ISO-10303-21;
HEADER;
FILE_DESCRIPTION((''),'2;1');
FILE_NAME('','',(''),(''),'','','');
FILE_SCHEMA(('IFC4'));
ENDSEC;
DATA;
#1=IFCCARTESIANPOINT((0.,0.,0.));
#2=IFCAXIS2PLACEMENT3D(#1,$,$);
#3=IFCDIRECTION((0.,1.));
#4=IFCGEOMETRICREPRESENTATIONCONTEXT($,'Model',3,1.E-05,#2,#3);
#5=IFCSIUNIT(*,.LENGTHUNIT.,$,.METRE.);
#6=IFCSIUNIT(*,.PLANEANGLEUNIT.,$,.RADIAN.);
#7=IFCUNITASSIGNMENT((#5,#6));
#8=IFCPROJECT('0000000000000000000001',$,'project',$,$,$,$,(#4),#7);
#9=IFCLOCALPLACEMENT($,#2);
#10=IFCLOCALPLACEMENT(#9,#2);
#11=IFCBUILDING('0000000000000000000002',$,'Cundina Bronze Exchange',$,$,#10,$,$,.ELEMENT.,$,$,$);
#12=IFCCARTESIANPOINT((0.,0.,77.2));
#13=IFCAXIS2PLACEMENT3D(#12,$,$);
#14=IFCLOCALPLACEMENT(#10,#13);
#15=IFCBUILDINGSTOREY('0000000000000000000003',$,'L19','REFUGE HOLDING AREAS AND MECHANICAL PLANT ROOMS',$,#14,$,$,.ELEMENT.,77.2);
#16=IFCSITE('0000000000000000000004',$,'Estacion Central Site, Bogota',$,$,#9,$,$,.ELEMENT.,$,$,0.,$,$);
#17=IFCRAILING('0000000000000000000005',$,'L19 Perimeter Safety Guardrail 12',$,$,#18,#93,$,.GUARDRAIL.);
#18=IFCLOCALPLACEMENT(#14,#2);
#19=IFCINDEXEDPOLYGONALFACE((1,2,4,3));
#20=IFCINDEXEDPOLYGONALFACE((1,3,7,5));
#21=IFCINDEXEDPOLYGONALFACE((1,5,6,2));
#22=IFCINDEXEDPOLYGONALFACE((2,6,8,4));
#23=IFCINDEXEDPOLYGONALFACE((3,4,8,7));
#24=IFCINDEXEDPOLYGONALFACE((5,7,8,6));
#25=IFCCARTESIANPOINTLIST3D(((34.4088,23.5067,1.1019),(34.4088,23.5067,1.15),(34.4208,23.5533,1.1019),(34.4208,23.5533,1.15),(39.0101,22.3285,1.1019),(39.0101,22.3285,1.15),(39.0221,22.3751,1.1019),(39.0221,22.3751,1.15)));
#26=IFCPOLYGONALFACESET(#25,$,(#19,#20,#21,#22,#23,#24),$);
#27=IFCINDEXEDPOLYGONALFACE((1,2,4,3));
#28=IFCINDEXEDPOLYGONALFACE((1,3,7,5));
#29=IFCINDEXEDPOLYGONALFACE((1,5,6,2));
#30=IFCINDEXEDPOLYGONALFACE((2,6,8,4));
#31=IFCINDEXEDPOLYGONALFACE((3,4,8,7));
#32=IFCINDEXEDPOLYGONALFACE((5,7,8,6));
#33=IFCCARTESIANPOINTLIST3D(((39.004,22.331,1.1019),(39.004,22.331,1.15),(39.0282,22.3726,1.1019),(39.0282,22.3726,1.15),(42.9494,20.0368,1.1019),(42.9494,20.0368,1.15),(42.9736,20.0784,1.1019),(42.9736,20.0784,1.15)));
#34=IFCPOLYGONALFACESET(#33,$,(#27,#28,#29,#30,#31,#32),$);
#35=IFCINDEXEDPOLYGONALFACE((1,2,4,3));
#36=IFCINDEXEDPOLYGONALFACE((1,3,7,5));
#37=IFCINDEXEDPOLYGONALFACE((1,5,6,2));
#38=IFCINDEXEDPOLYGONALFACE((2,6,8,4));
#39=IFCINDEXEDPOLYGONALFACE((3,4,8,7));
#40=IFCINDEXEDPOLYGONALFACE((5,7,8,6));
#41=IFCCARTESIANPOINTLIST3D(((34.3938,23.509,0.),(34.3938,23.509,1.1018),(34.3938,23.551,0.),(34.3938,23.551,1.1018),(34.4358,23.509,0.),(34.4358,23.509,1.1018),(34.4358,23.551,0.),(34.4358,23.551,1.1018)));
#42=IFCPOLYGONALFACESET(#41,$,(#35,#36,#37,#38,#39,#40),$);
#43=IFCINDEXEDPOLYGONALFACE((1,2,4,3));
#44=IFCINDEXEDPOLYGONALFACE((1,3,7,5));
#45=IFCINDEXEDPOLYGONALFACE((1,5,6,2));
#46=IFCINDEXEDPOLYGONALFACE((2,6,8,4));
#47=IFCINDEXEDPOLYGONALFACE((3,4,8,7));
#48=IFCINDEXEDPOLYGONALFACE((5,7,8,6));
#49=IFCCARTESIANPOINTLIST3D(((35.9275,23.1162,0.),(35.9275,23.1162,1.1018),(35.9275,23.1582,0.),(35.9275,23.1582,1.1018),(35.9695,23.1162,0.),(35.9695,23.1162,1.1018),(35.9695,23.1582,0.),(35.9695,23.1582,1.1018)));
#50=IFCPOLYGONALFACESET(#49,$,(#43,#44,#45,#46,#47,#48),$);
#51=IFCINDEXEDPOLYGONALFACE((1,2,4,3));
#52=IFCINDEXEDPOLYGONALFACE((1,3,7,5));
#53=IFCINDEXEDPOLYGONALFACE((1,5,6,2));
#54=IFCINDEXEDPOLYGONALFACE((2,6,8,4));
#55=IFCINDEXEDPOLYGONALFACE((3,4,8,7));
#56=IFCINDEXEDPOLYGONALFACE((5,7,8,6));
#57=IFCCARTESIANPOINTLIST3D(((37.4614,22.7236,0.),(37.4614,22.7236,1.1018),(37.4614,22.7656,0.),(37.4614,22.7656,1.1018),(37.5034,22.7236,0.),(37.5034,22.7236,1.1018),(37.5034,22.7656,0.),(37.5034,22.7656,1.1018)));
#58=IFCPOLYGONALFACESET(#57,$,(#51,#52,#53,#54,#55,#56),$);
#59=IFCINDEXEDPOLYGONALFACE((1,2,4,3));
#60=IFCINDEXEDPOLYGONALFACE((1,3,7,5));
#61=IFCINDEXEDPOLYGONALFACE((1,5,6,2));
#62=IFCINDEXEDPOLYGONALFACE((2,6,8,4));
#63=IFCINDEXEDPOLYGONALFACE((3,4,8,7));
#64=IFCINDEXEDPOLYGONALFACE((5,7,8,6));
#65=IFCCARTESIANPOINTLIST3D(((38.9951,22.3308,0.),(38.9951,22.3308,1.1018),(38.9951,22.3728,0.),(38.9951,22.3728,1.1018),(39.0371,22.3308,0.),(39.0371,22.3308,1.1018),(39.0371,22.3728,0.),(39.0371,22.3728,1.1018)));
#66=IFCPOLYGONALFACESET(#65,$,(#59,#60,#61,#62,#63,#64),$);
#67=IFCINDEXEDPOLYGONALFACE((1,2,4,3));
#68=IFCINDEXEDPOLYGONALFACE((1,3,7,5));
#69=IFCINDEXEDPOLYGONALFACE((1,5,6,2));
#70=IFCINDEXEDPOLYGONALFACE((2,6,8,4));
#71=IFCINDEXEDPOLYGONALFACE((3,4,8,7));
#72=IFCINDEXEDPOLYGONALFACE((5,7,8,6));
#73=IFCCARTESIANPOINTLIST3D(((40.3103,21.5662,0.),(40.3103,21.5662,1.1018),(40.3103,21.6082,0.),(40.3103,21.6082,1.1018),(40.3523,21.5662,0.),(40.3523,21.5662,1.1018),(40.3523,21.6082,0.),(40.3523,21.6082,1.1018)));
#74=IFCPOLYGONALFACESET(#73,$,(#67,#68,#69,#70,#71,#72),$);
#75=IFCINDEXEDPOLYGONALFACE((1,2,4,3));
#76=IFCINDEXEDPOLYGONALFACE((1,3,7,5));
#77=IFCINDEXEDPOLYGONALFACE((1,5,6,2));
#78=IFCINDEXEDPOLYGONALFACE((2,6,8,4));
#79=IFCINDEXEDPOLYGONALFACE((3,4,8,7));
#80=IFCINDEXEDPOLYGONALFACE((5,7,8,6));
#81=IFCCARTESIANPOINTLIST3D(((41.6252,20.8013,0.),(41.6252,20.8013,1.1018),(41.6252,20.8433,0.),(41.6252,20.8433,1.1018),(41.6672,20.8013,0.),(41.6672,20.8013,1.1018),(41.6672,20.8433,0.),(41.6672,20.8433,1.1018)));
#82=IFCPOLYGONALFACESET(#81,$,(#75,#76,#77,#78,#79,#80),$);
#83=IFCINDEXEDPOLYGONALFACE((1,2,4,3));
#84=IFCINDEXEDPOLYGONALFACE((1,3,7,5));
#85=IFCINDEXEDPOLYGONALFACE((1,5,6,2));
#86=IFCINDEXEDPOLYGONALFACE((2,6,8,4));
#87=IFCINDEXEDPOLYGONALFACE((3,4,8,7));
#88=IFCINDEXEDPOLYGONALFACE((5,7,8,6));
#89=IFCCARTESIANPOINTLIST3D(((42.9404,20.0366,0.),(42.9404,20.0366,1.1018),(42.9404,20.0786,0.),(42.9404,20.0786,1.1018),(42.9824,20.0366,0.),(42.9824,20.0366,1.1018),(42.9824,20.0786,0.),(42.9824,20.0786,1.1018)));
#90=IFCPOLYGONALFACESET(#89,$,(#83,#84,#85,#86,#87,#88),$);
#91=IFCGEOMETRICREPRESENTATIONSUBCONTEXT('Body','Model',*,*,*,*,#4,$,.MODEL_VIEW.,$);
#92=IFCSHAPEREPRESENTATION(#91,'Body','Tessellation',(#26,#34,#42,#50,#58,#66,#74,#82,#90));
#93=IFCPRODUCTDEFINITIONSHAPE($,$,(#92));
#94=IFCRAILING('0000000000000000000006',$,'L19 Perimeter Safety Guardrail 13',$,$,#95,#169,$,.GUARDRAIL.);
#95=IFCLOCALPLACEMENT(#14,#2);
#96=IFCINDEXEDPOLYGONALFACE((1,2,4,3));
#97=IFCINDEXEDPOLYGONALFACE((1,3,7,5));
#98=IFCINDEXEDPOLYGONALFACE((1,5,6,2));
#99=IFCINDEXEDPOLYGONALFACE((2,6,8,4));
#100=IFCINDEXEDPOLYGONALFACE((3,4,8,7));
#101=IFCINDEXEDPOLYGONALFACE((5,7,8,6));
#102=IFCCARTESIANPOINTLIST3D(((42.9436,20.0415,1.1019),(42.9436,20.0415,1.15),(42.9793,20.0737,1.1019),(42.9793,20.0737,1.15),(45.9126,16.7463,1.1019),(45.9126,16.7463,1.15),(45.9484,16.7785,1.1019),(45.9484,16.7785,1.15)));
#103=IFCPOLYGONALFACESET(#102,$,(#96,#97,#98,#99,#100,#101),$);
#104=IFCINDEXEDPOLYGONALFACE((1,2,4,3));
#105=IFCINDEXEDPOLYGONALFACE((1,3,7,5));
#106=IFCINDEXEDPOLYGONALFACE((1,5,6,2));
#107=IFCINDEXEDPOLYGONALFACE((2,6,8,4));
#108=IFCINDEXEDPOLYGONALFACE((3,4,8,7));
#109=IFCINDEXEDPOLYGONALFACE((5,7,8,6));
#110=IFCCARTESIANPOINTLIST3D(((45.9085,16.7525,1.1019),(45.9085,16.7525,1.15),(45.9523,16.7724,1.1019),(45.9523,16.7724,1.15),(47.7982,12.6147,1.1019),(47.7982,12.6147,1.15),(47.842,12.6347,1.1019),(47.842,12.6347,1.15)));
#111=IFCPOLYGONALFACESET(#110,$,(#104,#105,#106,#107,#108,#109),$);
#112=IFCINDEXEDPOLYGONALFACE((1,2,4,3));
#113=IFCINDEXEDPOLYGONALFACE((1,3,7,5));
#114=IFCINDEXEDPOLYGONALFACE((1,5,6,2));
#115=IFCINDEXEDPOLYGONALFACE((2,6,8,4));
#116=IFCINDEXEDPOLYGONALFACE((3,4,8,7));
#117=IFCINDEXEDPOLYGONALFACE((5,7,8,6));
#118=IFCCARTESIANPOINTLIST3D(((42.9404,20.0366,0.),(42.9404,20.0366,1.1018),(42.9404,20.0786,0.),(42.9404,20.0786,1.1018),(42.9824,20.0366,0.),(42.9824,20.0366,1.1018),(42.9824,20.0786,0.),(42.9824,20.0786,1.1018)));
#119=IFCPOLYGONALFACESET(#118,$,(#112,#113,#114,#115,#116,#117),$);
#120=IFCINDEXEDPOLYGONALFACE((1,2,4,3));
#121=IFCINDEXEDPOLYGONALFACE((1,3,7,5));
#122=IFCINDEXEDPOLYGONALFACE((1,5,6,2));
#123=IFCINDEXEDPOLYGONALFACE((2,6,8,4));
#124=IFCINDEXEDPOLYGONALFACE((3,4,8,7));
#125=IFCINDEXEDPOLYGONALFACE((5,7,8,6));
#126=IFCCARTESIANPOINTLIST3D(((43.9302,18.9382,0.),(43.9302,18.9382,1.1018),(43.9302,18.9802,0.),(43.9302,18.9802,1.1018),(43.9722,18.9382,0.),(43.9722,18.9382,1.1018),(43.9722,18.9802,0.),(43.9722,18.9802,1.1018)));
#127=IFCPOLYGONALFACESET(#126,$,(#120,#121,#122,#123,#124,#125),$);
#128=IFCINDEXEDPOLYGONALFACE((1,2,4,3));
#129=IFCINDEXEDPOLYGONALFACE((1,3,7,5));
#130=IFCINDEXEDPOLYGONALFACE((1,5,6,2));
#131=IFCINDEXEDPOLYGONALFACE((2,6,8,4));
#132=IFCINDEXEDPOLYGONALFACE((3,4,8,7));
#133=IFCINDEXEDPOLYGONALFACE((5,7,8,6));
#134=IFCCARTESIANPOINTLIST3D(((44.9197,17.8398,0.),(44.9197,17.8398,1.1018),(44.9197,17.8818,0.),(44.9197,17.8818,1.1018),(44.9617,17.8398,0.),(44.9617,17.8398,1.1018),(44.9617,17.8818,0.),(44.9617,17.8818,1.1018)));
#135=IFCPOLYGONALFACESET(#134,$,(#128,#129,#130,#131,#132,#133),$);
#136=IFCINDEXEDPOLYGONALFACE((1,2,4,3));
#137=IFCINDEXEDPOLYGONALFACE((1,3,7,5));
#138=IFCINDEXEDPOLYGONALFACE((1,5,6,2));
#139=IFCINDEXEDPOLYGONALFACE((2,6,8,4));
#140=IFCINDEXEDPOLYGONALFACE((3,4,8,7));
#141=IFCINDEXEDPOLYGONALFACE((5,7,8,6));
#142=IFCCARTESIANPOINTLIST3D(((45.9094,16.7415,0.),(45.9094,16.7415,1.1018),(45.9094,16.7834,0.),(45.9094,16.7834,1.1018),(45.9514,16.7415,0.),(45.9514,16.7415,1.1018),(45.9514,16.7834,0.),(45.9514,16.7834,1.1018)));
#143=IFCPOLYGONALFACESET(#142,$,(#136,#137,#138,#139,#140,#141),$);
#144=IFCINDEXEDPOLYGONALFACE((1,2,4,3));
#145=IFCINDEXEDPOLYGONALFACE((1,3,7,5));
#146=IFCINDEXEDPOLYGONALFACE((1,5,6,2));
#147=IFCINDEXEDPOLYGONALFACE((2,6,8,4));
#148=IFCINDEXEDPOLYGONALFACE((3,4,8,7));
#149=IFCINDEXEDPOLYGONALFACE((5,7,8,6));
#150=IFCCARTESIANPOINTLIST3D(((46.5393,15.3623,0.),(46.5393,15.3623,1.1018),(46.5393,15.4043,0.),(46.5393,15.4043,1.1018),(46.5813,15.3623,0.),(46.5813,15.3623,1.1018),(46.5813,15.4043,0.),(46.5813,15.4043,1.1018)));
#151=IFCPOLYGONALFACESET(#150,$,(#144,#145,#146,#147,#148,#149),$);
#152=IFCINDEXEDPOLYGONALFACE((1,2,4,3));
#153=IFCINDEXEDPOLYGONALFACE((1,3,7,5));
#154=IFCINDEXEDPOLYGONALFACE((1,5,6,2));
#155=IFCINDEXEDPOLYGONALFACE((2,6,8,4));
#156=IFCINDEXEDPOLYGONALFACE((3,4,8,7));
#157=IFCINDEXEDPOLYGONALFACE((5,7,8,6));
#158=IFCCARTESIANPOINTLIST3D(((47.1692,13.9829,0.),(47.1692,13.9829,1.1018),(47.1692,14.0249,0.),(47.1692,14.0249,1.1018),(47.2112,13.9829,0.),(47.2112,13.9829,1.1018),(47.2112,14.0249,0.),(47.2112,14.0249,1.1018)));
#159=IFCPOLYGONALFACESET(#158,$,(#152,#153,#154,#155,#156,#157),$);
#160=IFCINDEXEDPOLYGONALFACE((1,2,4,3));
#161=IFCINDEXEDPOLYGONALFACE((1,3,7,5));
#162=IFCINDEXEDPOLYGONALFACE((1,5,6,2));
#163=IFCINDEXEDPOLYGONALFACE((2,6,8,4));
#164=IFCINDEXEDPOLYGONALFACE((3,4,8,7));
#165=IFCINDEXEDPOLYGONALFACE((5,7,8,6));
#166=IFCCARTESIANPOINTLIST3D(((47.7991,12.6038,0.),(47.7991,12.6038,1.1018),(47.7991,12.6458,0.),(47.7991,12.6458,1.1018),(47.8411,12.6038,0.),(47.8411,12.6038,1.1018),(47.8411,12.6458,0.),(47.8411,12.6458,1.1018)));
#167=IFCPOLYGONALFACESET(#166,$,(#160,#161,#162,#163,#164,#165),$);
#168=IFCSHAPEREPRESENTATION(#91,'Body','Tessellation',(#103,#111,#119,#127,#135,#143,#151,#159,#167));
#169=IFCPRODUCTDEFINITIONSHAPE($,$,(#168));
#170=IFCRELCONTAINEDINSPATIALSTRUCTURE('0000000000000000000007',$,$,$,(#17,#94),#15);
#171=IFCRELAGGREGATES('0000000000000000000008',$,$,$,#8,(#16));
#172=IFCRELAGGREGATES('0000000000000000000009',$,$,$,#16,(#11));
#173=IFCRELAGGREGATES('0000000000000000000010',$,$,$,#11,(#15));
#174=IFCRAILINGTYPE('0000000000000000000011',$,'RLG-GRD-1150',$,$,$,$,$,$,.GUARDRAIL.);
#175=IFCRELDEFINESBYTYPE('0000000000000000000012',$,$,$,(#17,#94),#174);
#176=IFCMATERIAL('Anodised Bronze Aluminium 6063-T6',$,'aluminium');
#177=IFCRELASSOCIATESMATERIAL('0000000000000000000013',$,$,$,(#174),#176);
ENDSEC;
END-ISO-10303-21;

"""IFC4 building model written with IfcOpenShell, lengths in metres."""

from ifc_helpers import new_model, si_unit, direction, frame, origin, origin_2d, place, context, subcontext, project, spatial, rectangle, extrude, material, type_object, element, save


model = new_model("IFC4")

# Units and contexts
model_context = context("Model", 3, precision=1e-05, world=origin(), true_north=direction((0.0, 1.0)))
body_context = subcontext(model_context, "Body", "Model", "MODEL_VIEW")
ifc_project = project(units=[si_unit("LENGTHUNIT", "METRE"), si_unit("PLANEANGLEUNIT", "RADIAN")], contexts=[model_context])

# Site, building, storey
site_placement = place(None, origin())
site = spatial("IfcSite", under=ifc_project, at=site_placement, Name="Estacion Central Site, Bogota", CompositionType="ELEMENT", RefElevation=0.0)
building_placement = place(site_placement, origin())
building = spatial("IfcBuilding", under=site, at=building_placement, Name="Cundina Bronze Exchange", CompositionType="ELEMENT")
storey_placement = place(building_placement, frame((0.0, 0.0, 77.2)))
storey = spatial("IfcBuildingStorey", under=building, at=storey_placement, Name="L19", Description="REFUGE HOLDING AREAS AND MECHANICAL PLANT ROOMS", CompositionType="ELEMENT", Elevation=77.2)

# Railings
ifc_material_1 = material(Name="Anodised Bronze Aluminium 6063-T6", Category="aluminium")
railing_type = type_object("IfcRailingType", Name="RLG-GRD-1150", PredefinedType="GUARDRAIL", material=ifc_material_1)
railing_1_placement = place(storey_placement, frame((34.4148, 23.53, 0.0)))
element("IfcRailing", 1, at=railing_1_placement, inside=storey, type_object=railing_type, Name="L19 Perimeter Safety Guardrail 12", PredefinedType="GUARDRAIL", context=body_context, shape_type="SweptSolid", body=[
    extrude(rectangle(XDim=0.0481, YDim=0.0481, at=origin_2d()), frame((0.0, 0.0, 1.126), z_axis=(0.968745, -0.248059, 0.0), x_axis=(0.248059, 0.968745, 0.0)), (0.0, 0.0, 1.0), 4.7498),
    extrude(rectangle(XDim=0.0481, YDim=0.0481, at=origin_2d()), frame((4.6013, -1.1782, 1.126), z_axis=(0.864469, -0.502686, 0.0), x_axis=(0.502686, 0.864469, 0.0)), (0.0, 0.0, 1.0), 4.564),
    extrude(rectangle(XDim=0.042, YDim=0.042, at=origin_2d()), origin(), (0.0, 0.0, 1.0), 1.1018),
    extrude(rectangle(XDim=0.042, YDim=0.042, at=origin_2d()), frame((1.5337, -0.3928, 0.0)), (0.0, 0.0, 1.0), 1.1018),
    extrude(rectangle(XDim=0.042, YDim=0.042, at=origin_2d()), frame((3.0676, -0.7854, 0.0)), (0.0, 0.0, 1.0), 1.1018),
    extrude(rectangle(XDim=0.042, YDim=0.042, at=origin_2d()), frame((4.6013, -1.1782, 0.0)), (0.0, 0.0, 1.0), 1.1018),
    extrude(rectangle(XDim=0.042, YDim=0.042, at=origin_2d()), frame((5.9165, -1.9429, 0.0)), (0.0, 0.0, 1.0), 1.1018),
    extrude(rectangle(XDim=0.042, YDim=0.042, at=origin_2d()), frame((7.2314, -2.7078, 0.0)), (0.0, 0.0, 1.0), 1.1018),
    extrude(rectangle(XDim=0.042, YDim=0.042, at=origin_2d()), frame((8.5466, -3.4724, 0.0)), (0.0, 0.0, 1.0), 1.1018),
])
railing_2_placement = place(storey_placement, frame((42.9614, 20.0576, 0.0)))
element("IfcRailing", 2, at=railing_2_placement, inside=storey, type_object=railing_type, Name="L19 Perimeter Safety Guardrail 13", PredefinedType="GUARDRAIL", context=body_context, shape_type="SweptSolid", body=[
    extrude(rectangle(XDim=0.0481, YDim=0.0481, at=origin_2d()), frame((0.0, 0.0, 1.126), z_axis=(0.669381, -0.742919, 0.0), x_axis=(0.742919, 0.669381, 0.0)), (0.0, 0.0, 1.0), 4.4355),
    extrude(rectangle(XDim=0.0481, YDim=0.0481, at=origin_2d()), frame((2.969, -3.2952, 1.126), z_axis=(0.41542, -0.90963, 0.0), x_axis=(0.90963, 0.41542, 0.0)), (0.0, 0.0, 1.0), 4.5488),
    extrude(rectangle(XDim=0.042, YDim=0.042, at=origin_2d()), origin(), (0.0, 0.0, 1.0), 1.1018),
    extrude(rectangle(XDim=0.042, YDim=0.042, at=origin_2d()), frame((0.9897, -1.0984, 0.0)), (0.0, 0.0, 1.0), 1.1018),
    extrude(rectangle(XDim=0.042, YDim=0.042, at=origin_2d()), frame((1.9792, -2.1968, 0.0)), (0.0, 0.0, 1.0), 1.1018),
    extrude(rectangle(XDim=0.042, YDim=0.042, at=origin_2d()), frame((2.969, -3.2952, 0.0)), (0.0, 0.0, 1.0), 1.1018),
    extrude(rectangle(XDim=0.042, YDim=0.042, at=origin_2d()), frame((3.5989, -4.6743, 0.0)), (0.0, 0.0, 1.0), 1.1018),
    extrude(rectangle(XDim=0.042, YDim=0.042, at=origin_2d()), frame((4.2288, -6.0537, 0.0)), (0.0, 0.0, 1.0), 1.1018),
    extrude(rectangle(XDim=0.042, YDim=0.042, at=origin_2d()), frame((4.8586, -7.4329, 0.0)), (0.0, 0.0, 1.0), 1.1018),
])

save(model, "model.ifc")
